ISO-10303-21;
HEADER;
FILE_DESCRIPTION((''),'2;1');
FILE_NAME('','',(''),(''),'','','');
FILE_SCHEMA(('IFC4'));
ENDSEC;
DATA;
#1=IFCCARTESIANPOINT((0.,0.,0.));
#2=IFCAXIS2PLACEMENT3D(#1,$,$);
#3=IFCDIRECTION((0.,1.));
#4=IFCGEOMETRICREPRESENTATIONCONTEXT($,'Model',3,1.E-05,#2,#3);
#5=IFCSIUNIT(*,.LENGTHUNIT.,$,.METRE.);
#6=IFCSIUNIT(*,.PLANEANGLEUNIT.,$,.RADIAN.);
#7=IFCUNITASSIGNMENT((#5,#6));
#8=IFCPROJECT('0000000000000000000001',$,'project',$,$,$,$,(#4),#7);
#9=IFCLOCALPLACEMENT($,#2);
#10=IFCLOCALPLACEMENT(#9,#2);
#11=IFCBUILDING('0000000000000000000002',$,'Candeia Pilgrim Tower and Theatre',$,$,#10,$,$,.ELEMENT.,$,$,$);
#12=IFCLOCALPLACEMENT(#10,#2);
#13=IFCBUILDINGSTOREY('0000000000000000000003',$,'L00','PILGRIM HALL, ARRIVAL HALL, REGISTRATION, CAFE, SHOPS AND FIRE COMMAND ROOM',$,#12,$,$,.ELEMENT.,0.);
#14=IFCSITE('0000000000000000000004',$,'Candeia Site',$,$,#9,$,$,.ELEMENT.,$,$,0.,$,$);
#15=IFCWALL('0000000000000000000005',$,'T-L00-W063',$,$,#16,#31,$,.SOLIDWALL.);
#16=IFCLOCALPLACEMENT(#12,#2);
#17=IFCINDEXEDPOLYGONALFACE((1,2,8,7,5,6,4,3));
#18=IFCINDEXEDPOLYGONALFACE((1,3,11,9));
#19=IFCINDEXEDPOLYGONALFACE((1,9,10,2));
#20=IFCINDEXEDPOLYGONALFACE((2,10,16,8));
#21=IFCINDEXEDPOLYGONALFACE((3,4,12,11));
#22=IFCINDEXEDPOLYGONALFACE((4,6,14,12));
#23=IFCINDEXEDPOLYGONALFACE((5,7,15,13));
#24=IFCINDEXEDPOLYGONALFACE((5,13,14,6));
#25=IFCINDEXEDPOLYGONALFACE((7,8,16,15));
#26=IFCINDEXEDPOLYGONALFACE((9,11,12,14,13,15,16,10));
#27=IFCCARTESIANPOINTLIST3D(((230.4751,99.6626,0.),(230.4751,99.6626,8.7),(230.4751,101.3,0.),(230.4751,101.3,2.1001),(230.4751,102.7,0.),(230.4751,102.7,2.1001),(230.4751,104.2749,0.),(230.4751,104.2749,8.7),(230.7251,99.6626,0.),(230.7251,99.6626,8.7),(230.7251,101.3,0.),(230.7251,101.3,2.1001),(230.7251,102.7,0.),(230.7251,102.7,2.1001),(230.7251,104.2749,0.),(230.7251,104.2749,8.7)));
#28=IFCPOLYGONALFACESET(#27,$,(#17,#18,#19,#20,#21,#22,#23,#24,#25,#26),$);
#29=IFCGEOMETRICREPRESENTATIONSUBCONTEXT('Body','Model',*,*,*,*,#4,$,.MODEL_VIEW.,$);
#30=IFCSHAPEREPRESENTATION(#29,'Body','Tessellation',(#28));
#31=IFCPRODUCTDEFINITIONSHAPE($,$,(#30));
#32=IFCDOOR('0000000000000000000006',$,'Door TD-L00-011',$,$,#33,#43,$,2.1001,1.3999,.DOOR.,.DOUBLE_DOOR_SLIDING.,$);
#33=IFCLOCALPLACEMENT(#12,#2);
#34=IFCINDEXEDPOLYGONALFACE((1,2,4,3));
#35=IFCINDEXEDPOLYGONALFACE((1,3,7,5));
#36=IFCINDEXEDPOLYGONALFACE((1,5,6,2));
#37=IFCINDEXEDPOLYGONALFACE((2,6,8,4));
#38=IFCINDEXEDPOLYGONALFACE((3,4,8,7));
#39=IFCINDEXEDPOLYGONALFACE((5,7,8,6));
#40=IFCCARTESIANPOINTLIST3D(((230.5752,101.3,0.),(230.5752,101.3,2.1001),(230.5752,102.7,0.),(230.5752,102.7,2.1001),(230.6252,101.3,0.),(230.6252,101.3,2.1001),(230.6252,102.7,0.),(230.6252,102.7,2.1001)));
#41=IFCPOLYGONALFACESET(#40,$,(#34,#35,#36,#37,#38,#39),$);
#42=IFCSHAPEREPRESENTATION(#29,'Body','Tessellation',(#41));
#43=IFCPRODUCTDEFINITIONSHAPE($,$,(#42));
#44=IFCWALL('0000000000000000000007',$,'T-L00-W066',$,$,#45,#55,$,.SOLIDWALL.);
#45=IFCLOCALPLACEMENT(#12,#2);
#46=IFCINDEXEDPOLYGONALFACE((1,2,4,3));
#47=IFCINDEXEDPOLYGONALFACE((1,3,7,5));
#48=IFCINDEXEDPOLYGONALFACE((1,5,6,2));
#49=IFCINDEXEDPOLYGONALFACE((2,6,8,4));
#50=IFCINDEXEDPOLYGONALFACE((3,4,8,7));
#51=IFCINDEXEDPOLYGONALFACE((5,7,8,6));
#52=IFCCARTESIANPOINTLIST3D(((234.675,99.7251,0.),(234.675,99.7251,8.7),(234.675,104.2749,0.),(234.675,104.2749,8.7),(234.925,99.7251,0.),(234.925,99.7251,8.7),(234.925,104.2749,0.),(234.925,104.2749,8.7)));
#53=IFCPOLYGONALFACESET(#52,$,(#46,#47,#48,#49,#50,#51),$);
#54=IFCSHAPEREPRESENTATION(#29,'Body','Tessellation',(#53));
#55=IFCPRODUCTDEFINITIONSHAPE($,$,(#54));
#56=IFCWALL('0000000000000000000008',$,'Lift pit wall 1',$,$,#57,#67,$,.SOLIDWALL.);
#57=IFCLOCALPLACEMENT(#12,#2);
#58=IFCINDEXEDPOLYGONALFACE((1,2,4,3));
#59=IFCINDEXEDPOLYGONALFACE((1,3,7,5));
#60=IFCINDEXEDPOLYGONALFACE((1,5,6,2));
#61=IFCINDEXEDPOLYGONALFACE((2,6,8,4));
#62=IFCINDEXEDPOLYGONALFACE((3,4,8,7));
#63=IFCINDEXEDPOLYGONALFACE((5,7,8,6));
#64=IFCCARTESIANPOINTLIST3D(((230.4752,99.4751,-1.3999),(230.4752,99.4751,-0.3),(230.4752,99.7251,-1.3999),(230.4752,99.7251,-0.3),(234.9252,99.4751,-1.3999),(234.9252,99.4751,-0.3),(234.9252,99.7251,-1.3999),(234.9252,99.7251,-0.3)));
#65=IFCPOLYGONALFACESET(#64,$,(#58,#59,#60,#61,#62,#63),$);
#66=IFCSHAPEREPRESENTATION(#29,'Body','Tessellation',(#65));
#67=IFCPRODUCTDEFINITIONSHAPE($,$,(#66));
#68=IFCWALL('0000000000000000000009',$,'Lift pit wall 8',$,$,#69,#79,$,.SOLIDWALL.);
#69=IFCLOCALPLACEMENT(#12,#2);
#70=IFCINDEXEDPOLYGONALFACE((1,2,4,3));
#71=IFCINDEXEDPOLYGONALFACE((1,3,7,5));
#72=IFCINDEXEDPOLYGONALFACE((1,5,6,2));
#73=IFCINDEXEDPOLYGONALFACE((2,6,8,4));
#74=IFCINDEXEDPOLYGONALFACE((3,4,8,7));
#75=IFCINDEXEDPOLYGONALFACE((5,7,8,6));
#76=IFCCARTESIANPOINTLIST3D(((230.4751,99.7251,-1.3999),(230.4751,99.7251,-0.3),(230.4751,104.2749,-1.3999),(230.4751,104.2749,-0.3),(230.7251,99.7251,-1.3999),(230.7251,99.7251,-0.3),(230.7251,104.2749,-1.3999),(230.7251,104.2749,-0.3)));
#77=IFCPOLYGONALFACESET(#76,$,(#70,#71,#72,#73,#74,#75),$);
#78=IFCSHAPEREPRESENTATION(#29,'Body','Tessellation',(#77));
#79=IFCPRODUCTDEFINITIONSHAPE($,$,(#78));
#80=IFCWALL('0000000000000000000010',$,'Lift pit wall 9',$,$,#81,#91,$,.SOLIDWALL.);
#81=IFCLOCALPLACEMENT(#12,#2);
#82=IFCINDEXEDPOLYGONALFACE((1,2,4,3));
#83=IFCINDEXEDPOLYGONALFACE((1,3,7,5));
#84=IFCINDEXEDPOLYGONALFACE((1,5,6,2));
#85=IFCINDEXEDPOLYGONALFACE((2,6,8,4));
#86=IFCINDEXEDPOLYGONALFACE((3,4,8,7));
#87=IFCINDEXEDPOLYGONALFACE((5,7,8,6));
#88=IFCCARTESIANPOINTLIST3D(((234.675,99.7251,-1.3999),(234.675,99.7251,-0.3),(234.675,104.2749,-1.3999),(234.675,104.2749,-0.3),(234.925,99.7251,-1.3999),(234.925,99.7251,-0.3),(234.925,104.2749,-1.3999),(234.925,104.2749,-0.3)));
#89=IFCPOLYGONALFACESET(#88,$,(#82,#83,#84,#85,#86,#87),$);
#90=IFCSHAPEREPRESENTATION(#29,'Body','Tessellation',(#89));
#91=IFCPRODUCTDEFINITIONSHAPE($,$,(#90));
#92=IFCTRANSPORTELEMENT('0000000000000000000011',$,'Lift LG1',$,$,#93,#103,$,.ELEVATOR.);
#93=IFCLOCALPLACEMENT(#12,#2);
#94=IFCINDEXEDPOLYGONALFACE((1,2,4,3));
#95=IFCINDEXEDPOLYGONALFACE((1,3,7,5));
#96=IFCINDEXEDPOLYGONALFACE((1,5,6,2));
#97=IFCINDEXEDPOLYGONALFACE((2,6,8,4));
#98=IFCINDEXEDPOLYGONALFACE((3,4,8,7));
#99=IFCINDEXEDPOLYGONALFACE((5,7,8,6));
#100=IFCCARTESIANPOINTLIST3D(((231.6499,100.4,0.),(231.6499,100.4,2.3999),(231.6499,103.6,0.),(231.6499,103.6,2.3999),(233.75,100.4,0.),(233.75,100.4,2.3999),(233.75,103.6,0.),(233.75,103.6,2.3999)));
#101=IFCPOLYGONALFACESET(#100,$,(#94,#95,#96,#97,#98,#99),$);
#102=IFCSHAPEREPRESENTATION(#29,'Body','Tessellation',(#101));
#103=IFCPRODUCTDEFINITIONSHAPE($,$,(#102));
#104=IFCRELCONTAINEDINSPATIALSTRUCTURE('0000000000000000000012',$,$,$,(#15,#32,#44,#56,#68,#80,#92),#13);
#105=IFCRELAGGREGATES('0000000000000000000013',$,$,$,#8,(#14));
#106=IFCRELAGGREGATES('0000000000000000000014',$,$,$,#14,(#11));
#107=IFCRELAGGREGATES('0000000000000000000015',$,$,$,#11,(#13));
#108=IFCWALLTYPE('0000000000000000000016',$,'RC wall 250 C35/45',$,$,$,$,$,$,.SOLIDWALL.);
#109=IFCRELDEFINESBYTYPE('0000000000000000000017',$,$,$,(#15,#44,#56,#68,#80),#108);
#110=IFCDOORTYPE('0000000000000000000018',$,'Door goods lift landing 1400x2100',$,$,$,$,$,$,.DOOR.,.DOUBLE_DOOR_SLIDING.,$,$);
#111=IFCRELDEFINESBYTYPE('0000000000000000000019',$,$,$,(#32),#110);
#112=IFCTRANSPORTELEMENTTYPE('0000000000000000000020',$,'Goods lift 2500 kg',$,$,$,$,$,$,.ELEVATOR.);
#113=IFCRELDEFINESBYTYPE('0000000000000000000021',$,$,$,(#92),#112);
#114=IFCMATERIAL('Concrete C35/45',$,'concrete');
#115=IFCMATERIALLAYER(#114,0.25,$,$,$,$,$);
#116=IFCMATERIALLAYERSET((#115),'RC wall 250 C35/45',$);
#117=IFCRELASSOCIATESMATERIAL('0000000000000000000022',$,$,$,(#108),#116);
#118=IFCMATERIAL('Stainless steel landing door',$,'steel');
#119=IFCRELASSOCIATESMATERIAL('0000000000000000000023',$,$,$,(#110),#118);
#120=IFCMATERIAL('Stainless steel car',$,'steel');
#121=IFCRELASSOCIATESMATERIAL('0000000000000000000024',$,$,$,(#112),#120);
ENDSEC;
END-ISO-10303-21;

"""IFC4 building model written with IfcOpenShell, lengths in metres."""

from ifc_helpers import new_model, si_unit, direction, frame, frame_2d, origin, origin_2d, place, context, subcontext, project, spatial, rectangle, extrude, material, layer, layer_set, type_object, element, fill, save


model = new_model("IFC4")

# Units and contexts
model_context = context("Model", 3, precision=1e-05, world=origin(), true_north=direction((0.0, 1.0)))
body_context = subcontext(model_context, "Body", "Model", "MODEL_VIEW")
ifc_project = project(units=[si_unit("LENGTHUNIT", "METRE"), si_unit("PLANEANGLEUNIT", "RADIAN")], contexts=[model_context])

# Site, building, storey
site_placement = place(None, origin())
site = spatial("IfcSite", under=ifc_project, at=site_placement, Name="Candeia Site", CompositionType="ELEMENT", RefElevation=0.0)
building_placement = place(site_placement, origin())
building = spatial("IfcBuilding", under=site, at=building_placement, Name="Candeia Pilgrim Tower and Theatre", CompositionType="ELEMENT")
storey_placement = place(building_placement, origin())
storey = spatial("IfcBuildingStorey", under=building, at=storey_placement, Name="L00", Description="PILGRIM HALL, ARRIVAL HALL, REGISTRATION, CAFE, SHOPS AND FIRE COMMAND ROOM", CompositionType="ELEMENT", Elevation=0.0)

# Shared definitions
ifc_material_1 = material(Name="Concrete C35/45", Category="concrete")

# Wall, opening, door
ifc_layer_1 = layer(ifc_material_1, 0.25)
ifc_layer_set_1 = layer_set([ifc_layer_1], Name="RC wall 250 C35/45")
wall_type_1 = type_object("IfcWallType", Name="RC wall 250 C35/45", PredefinedType="SOLIDWALL", material=ifc_layer_set_1)
wall_1_placement = place(storey_placement, frame((230.6001, 99.6626, 0.0), z_axis=(0.0, 0.0, 1.0), x_axis=(0.0, 1.0, 0.0)))
wall_1 = element("IfcWall", 1, at=wall_1_placement, inside=storey, type_object=wall_type_1, Name="T-L00-W063", PredefinedType="SOLIDWALL", context=body_context, shape_type="SweptSolid", body=[
    extrude(rectangle(XDim=4.6123, YDim=0.25, at=frame_2d((2.3062, 0.0))), origin(), (0.0, 0.0, 1.0), 8.7),
])
opening_1_placement = place(wall_1_placement, frame((1.6375, 0.0, 0.0)))
opening_1 = element("IfcOpeningElement", 2, at=opening_1_placement, cuts=wall_1, PredefinedType="OPENING", context=body_context, shape_type="SweptSolid", body=[
    extrude(rectangle(XDim=1.3999, YDim=2.1001, at=frame_2d((0.7, 1.05))), frame((0.0, 0.135, 0.0), z_axis=(0.0, -1.0, 0.0), x_axis=(1.0, 0.0, 0.0)), (0.0, 0.0, 1.0), 0.27),
])
ifc_material_2 = material(Name="Stainless steel landing door", Category="steel")
door_type_1 = type_object("IfcDoorType", Name="Door goods lift landing 1400x2100", OperationType="DOUBLE_DOOR_SLIDING", PredefinedType="DOOR", material=ifc_material_2)
door_1_placement = place(opening_1_placement, origin())
door_1 = element("IfcDoor", 3, at=door_1_placement, inside=storey, type_object=door_type_1, Name="Door TD-L00-011", OperationType="DOUBLE_DOOR_SLIDING", OverallHeight=2.1001, OverallWidth=1.3999, PredefinedType="DOOR", context=body_context, shape_type="SweptSolid", body=[
    extrude(rectangle(XDim=1.3999, YDim=2.1001, at=frame_2d((0.7, 1.05))), frame((0.0, 0.0249, 0.0), z_axis=(0.0, -1.0, 0.0), x_axis=(1.0, 0.0, 0.0)), (0.0, 0.0, 1.0), 0.05),
])
fill(opening_1, door_1)

# Walls
wall_2_placement = place(storey_placement, frame((234.8, 99.7251, 0.0), z_axis=(0.0, 0.0, 1.0), x_axis=(0.0, 1.0, 0.0)))
element("IfcWall", 4, at=wall_2_placement, inside=storey, type_object=wall_type_1, Name="T-L00-W066", PredefinedType="SOLIDWALL", context=body_context, shape_type="SweptSolid", body=[
    extrude(rectangle(XDim=4.5498, YDim=0.25, at=frame_2d((2.2749, 0.0))), origin(), (0.0, 0.0, 1.0), 8.7),
])
wall_3_placement = place(storey_placement, frame((230.4751, 99.6001, -1.3999), z_axis=(0.0, 0.0, 1.0), x_axis=(1.0, 0.0, 0.0)))
element("IfcWall", 5, at=wall_3_placement, inside=storey, type_object=wall_type_1, Name="Lift pit wall 1", PredefinedType="SOLIDWALL", context=body_context, shape_type="SweptSolid", body=[
    extrude(rectangle(XDim=4.45, YDim=0.25, at=frame_2d((2.2251, 0.0))), origin(), (0.0, 0.0, 1.0), 1.0999),
])
for number, where, z_axis, x_axis, name in (
    (6, (230.6001, 99.7251, -1.3999), (0.0, 0.0, 1.0), (0.0, 1.0, 0.0), "Lift pit wall 8"),
    (7, (234.8, 99.7251, -1.3999), (0.0, 0.0, 1.0), (0.0, 1.0, 0.0), "Lift pit wall 9"),
):
    element("IfcWall", number, at=place(storey_placement, frame(where, z_axis=z_axis, x_axis=x_axis)), inside=storey, type_object=wall_type_1, Name=name, PredefinedType="SOLIDWALL", context=body_context, shape_type="SweptSolid", body=[
        extrude(rectangle(XDim=4.5498, YDim=0.25, at=frame_2d((2.2749, 0.0))), origin(), (0.0, 0.0, 1.0), 1.0999),
    ])

# Transport element
ifc_material_3 = material(Name="Stainless steel car", Category="steel")
transport_element_type = type_object("IfcTransportElementType", Name="Goods lift 2500 kg", PredefinedType="ELEVATOR", material=ifc_material_3)
transport_element_placement = place(storey_placement, frame((232.7, 102.0, 0.0), z_axis=(0.0, 0.0, 1.0), x_axis=(1.0, 0.0, 0.0)))
element("IfcTransportElement", 8, at=transport_element_placement, inside=storey, type_object=transport_element_type, Name="Lift LG1", PredefinedType="ELEVATOR", context=body_context, shape_type="SweptSolid", body=[
    extrude(rectangle(XDim=2.1001, YDim=3.2, at=origin_2d()), origin(), (0.0, 0.0, 1.0), 2.3999),
])

save(model, "model.ifc")
